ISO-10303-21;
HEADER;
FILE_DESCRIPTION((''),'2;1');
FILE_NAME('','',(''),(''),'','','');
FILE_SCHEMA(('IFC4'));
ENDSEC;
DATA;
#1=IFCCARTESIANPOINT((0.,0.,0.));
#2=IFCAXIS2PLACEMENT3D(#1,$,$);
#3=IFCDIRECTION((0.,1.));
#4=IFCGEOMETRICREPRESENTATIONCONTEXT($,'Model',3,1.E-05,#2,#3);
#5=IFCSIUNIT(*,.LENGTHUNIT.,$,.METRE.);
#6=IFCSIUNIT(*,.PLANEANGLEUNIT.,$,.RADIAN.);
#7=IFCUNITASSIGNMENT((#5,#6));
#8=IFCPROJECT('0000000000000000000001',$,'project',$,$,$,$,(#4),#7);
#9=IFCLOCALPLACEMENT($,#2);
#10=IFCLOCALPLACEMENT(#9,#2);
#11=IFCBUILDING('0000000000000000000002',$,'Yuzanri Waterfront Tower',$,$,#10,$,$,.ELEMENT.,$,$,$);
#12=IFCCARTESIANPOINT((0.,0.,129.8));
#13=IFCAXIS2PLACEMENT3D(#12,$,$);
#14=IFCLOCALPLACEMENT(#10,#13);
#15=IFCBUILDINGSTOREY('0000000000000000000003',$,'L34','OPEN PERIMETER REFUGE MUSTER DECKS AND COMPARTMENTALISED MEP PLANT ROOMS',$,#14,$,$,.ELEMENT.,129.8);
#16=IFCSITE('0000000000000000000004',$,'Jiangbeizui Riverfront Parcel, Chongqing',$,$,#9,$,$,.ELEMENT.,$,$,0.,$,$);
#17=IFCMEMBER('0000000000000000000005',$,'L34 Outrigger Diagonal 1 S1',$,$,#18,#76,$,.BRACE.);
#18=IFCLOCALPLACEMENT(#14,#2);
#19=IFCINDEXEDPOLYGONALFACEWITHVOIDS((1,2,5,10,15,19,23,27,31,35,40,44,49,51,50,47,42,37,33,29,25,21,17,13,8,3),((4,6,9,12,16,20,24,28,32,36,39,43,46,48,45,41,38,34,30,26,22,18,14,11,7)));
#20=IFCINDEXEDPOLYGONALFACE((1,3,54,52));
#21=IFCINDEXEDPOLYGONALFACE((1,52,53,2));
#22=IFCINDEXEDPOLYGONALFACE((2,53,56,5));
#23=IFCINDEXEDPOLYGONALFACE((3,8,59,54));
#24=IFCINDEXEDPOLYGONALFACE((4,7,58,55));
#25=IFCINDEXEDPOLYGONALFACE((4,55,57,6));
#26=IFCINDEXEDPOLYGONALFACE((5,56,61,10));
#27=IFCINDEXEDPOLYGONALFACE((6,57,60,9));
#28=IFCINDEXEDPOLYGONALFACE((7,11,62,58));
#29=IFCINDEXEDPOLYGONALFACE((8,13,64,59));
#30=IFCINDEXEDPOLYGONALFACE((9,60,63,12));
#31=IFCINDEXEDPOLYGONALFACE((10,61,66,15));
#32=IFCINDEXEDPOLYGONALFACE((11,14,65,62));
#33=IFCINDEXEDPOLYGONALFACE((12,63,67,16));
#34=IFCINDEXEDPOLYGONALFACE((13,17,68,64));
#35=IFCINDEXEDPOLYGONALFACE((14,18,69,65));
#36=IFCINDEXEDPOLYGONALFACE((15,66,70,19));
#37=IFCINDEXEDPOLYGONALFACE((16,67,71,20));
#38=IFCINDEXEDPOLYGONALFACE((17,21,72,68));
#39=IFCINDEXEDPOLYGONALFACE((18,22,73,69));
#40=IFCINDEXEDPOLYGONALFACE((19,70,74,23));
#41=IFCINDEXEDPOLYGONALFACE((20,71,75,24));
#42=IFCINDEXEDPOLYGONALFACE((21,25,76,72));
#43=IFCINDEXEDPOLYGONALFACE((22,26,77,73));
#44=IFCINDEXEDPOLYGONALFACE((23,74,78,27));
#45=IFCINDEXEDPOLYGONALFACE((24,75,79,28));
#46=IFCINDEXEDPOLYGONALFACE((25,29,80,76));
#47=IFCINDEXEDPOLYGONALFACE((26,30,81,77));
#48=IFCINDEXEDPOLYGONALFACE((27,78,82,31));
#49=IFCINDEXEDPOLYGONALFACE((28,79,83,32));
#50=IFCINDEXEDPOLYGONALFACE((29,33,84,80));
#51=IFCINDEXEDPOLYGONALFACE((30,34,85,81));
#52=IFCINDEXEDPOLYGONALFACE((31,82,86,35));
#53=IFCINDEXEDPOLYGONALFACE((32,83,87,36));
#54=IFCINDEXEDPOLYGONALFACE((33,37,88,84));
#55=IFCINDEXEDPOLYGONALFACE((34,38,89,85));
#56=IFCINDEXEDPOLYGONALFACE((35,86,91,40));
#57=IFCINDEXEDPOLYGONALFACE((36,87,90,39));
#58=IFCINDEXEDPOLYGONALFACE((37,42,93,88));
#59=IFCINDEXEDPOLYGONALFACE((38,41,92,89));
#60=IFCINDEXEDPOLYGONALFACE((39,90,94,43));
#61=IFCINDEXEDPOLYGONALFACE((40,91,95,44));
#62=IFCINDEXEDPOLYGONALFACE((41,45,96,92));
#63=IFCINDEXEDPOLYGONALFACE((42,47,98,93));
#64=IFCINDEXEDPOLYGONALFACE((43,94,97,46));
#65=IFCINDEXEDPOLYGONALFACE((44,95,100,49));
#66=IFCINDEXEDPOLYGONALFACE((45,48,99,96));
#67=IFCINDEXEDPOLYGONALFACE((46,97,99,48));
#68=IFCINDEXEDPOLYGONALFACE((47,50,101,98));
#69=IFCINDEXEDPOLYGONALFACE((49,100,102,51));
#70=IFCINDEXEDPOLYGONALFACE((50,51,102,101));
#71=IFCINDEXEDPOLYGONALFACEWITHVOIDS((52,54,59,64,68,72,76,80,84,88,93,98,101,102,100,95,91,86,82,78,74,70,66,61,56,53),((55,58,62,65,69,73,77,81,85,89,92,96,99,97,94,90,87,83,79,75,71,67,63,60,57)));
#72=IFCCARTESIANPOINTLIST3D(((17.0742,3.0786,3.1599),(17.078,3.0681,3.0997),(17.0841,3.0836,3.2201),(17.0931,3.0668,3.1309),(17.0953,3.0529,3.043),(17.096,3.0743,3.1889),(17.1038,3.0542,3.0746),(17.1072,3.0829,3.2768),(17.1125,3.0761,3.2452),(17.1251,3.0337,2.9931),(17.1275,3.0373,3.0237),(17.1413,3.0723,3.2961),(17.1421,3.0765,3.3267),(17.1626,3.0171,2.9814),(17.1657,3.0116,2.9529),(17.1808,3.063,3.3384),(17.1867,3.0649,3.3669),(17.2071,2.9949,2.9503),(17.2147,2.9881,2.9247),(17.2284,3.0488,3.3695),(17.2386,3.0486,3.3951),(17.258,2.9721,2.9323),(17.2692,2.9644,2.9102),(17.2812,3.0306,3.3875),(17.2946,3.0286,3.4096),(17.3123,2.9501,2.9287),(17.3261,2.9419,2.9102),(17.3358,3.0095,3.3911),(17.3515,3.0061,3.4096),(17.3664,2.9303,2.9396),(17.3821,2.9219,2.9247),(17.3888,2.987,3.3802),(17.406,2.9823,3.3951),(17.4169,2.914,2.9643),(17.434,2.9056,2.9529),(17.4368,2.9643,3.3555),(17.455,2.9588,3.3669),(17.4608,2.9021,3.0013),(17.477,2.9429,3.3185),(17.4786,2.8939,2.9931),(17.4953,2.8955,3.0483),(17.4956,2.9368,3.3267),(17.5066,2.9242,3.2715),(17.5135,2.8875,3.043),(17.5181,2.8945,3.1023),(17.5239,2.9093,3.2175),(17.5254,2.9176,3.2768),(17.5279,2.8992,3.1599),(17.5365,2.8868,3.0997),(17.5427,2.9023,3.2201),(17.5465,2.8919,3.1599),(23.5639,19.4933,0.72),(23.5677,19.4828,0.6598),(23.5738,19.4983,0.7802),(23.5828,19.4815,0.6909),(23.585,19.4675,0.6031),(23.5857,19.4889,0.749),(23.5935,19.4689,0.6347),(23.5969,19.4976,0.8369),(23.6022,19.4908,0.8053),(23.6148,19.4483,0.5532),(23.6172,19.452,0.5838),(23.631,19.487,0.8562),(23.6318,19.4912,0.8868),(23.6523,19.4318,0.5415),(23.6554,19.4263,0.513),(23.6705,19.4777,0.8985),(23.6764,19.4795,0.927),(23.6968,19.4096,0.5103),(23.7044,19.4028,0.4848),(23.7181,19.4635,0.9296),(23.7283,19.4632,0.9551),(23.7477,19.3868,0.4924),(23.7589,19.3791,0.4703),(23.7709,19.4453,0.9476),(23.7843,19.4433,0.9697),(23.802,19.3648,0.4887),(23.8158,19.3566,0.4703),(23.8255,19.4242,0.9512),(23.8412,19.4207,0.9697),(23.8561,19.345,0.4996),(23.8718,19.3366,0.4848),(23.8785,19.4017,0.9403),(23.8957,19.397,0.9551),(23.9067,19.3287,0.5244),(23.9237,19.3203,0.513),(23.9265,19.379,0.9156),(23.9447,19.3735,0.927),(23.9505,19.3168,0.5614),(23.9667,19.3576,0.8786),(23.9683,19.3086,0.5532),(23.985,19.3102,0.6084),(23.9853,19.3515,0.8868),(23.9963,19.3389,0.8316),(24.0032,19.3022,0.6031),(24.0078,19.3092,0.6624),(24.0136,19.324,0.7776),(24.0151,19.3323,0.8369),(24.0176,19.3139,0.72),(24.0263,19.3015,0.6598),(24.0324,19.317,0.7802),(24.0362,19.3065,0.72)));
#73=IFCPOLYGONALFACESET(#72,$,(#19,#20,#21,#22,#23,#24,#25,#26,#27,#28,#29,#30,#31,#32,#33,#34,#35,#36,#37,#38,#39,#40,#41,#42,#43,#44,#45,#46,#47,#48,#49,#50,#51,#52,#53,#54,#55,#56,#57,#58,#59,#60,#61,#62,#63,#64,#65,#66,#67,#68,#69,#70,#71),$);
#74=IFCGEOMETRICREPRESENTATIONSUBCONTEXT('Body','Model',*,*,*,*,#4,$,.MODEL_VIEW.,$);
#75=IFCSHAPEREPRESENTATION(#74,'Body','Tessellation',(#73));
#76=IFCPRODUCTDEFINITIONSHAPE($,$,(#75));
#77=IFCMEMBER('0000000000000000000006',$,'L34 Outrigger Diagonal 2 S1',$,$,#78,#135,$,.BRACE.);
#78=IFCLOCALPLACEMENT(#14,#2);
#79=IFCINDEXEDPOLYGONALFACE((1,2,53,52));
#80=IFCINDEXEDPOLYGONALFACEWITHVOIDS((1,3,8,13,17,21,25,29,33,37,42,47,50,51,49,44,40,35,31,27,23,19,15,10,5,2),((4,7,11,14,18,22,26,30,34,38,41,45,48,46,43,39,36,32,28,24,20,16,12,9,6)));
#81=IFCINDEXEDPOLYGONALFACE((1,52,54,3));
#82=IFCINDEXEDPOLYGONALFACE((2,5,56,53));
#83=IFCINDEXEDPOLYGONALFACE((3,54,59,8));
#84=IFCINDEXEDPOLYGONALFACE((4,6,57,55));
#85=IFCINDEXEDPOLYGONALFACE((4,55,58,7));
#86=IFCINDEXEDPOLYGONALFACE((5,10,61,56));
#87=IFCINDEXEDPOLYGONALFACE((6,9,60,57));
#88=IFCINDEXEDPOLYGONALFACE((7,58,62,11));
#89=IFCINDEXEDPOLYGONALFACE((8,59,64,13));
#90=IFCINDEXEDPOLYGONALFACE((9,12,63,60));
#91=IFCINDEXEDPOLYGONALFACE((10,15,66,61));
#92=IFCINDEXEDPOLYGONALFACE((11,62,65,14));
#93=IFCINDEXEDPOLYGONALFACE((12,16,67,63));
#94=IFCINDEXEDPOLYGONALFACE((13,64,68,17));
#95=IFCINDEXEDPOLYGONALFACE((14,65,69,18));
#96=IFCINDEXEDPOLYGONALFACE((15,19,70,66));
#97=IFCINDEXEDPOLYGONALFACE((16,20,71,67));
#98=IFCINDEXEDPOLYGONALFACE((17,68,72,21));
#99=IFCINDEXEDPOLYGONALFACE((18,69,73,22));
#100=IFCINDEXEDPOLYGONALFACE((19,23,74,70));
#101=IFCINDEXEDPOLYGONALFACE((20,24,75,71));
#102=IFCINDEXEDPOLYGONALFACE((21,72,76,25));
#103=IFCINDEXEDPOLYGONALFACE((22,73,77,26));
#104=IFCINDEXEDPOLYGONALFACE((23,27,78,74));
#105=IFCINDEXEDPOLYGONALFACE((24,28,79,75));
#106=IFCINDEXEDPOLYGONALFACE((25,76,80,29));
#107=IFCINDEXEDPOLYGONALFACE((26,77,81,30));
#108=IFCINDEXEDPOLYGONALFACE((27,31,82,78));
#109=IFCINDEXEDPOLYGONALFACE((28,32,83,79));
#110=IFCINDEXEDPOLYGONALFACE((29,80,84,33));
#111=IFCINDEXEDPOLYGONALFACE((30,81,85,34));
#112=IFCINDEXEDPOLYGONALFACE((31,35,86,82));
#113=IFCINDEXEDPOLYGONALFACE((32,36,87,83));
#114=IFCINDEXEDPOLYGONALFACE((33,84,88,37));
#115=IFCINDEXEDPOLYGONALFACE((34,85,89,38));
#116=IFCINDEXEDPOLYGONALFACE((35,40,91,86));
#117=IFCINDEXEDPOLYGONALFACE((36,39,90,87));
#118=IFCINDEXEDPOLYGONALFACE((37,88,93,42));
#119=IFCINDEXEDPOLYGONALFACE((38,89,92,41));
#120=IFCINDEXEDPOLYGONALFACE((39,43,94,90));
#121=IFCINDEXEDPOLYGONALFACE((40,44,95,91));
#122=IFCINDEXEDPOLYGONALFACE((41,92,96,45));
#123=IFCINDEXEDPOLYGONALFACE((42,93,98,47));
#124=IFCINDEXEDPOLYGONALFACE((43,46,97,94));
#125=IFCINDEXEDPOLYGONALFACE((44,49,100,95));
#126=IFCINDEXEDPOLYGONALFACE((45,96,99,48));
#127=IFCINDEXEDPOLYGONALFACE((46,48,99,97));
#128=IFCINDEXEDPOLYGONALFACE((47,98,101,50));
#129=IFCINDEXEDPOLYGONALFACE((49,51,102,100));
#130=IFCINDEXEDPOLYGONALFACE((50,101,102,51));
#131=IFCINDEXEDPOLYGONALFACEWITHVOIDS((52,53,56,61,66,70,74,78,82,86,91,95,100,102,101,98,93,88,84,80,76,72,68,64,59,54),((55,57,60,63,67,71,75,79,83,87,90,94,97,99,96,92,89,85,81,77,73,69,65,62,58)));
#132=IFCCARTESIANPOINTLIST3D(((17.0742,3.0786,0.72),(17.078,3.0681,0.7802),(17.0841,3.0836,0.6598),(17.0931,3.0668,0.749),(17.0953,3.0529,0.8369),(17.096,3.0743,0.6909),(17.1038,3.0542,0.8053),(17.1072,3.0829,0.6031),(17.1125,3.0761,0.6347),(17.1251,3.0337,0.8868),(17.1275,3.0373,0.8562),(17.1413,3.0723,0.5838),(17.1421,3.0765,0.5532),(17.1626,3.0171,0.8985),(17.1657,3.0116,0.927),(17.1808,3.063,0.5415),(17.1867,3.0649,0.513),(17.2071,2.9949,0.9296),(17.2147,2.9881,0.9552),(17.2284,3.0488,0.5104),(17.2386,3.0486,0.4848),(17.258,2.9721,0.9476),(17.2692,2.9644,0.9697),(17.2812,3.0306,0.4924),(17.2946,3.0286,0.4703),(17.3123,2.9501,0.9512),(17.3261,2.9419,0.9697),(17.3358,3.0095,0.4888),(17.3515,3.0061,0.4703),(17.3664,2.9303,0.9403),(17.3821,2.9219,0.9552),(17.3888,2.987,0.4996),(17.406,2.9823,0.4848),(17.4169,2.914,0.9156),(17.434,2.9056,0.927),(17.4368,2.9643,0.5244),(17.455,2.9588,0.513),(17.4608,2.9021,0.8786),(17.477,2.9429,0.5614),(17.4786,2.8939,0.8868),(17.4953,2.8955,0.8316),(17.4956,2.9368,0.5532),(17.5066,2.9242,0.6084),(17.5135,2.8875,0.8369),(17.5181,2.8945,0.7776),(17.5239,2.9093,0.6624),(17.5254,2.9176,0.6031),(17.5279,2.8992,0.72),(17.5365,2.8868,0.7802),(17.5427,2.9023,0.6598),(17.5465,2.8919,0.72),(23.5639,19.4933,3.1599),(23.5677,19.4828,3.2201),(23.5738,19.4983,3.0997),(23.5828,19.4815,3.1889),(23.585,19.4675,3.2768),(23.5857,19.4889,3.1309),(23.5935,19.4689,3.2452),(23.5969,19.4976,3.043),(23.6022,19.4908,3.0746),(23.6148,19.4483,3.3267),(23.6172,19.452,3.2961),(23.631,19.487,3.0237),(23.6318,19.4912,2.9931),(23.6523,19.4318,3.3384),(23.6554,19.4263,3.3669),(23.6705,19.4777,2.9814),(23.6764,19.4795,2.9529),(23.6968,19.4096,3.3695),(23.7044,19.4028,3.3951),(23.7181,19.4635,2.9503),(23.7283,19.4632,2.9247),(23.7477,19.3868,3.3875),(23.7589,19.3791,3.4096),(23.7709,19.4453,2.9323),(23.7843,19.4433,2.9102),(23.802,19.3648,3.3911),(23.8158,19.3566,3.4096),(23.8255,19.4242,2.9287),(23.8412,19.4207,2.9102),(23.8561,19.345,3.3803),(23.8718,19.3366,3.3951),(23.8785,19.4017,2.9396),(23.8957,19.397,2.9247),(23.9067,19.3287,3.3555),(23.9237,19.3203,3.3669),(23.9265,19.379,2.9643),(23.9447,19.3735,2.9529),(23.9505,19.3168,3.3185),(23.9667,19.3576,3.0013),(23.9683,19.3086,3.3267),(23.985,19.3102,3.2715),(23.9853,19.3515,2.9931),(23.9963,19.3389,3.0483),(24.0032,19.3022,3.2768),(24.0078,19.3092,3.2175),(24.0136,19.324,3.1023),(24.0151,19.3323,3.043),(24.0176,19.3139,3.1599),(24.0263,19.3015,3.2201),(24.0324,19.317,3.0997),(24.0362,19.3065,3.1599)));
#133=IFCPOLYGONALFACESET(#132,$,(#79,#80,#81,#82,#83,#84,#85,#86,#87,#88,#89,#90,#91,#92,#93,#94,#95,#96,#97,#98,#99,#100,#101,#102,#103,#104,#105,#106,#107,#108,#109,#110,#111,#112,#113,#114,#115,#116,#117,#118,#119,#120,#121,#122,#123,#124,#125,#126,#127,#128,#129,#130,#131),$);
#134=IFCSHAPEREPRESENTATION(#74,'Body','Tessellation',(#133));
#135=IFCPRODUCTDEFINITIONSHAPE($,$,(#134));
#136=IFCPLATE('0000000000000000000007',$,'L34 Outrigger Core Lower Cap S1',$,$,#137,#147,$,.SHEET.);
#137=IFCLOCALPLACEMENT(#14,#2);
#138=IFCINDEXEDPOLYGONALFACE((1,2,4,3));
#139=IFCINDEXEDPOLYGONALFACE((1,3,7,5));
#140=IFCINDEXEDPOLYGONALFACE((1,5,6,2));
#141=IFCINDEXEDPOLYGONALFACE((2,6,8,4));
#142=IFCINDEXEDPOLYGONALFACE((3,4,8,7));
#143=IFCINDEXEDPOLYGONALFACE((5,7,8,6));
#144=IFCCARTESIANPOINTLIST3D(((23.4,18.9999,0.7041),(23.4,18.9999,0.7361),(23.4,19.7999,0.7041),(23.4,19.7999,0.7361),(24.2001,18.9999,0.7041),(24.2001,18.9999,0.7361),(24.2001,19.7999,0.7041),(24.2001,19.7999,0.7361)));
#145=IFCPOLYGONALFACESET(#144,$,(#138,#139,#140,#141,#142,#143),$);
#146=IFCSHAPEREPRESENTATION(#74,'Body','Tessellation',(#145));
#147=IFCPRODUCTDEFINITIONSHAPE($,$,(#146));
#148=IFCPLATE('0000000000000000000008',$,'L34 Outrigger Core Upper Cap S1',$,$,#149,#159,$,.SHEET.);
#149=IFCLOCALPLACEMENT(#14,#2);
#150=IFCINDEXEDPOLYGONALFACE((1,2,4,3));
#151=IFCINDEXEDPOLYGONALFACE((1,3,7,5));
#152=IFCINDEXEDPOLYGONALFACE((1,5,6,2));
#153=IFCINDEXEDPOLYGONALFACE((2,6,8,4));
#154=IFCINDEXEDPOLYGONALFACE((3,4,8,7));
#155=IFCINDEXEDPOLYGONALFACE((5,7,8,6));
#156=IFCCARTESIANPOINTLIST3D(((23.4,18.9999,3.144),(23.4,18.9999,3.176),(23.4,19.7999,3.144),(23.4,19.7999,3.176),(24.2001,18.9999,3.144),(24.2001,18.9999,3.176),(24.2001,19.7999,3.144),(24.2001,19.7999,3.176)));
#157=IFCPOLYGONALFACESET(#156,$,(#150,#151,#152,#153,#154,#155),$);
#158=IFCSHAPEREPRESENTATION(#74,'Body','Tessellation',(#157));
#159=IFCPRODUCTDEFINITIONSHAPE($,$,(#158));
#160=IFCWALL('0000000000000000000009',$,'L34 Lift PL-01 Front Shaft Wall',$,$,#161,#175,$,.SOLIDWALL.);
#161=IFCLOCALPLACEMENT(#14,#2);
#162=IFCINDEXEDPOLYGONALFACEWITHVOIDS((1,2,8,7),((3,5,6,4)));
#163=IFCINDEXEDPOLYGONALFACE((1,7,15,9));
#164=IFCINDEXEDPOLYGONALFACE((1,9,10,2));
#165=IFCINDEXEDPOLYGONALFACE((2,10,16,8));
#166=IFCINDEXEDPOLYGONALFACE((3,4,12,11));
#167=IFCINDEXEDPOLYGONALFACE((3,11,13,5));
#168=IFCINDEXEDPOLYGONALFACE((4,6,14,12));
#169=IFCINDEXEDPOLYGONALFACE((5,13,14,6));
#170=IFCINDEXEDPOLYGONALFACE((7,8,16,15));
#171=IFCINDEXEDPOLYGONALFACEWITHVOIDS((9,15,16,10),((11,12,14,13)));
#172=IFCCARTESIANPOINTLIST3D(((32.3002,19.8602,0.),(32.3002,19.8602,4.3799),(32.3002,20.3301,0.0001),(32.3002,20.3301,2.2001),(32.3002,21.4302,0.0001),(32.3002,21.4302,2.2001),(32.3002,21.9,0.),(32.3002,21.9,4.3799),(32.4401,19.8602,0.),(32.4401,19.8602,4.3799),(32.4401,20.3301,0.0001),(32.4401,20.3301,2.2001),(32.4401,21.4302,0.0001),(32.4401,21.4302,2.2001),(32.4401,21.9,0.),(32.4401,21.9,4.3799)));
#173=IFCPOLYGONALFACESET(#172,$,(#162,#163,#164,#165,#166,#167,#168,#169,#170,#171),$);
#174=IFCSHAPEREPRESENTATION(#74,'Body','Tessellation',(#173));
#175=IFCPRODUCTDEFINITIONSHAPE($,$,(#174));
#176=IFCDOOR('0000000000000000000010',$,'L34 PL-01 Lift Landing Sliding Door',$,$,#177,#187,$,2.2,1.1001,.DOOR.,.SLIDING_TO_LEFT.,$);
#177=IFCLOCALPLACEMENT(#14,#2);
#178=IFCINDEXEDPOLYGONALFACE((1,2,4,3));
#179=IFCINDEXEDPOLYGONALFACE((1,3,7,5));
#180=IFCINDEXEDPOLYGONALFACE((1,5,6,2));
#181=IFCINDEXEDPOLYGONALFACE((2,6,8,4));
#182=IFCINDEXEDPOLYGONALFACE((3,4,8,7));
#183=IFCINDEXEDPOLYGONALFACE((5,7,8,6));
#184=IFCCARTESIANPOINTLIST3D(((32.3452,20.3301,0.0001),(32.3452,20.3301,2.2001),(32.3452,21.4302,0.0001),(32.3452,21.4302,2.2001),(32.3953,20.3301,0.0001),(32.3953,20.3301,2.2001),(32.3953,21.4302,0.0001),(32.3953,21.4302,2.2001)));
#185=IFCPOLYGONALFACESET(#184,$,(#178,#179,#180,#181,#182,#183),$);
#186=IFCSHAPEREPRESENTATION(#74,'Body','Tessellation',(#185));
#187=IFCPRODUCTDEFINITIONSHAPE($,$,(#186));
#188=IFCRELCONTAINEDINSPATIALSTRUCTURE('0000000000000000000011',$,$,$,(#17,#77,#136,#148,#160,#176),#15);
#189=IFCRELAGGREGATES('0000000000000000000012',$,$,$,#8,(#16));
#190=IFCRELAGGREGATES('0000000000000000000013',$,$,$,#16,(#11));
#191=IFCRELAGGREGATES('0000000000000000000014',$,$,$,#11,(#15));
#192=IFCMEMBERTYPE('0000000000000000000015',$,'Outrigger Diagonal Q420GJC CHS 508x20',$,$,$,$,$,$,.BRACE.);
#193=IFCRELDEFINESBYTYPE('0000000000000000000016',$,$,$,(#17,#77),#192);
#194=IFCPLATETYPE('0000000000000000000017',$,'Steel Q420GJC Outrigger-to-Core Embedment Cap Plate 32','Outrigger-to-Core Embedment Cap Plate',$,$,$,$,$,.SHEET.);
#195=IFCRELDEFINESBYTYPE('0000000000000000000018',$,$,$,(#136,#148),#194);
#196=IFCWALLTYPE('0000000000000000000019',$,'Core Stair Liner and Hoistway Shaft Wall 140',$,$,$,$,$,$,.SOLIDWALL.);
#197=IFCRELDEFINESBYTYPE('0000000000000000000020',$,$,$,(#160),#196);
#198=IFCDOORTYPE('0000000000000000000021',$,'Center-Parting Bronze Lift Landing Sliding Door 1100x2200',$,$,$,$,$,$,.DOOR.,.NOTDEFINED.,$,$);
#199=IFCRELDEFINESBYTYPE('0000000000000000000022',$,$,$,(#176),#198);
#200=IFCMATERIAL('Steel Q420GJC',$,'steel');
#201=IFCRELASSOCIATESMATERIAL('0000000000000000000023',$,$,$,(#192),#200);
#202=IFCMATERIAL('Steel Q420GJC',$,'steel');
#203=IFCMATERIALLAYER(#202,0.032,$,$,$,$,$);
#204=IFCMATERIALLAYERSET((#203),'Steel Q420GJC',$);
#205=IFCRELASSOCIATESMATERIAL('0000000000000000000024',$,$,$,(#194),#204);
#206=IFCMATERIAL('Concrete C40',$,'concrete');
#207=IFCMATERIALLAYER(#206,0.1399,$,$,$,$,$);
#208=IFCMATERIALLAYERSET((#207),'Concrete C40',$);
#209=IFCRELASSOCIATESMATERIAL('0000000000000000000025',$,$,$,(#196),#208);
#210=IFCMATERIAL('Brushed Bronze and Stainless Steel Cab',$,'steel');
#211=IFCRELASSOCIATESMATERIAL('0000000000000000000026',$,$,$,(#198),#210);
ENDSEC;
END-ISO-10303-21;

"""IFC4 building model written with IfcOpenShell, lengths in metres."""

from ifc_helpers import new_model, si_unit, direction, frame, frame_2d, origin, origin_2d, place, context, subcontext, project, spatial, rectangle, hollow_circle, extrude, source, transform, mapped, material, layer, layer_set, material_profile, profile_set, type_object, element, fill, save


model = new_model("IFC4")

# Units and contexts
model_context = context("Model", 3, precision=1e-05, world=origin(), true_north=direction((0.0, 1.0)))
body_context = subcontext(model_context, "Body", "Model", "MODEL_VIEW")
ifc_project = project(units=[si_unit("LENGTHUNIT", "METRE"), si_unit("PLANEANGLEUNIT", "RADIAN")], contexts=[model_context])

# Site, building, storey
site_placement = place(None, origin())
site = spatial("IfcSite", under=ifc_project, at=site_placement, Name="Jiangbeizui Riverfront Parcel, Chongqing", CompositionType="ELEMENT", RefElevation=0.0)
building_placement = place(site_placement, origin())
building = spatial("IfcBuilding", under=site, at=building_placement, Name="Yuzanri Waterfront Tower", CompositionType="ELEMENT")
storey_placement = place(building_placement, frame((0.0, 0.0, 129.8)))
storey = spatial("IfcBuildingStorey", under=building, at=storey_placement, Name="L34", Description="OPEN PERIMETER REFUGE MUSTER DECKS AND COMPARTMENTALISED MEP PLANT ROOMS", CompositionType="ELEMENT", Elevation=129.8)

# Members
ifc_material_1 = material(Name="Steel Q420GJC", Category="steel")
ifc_material_profile_1 = material_profile(ifc_material_1, hollow_circle(Radius=0.2539, WallThickness=0.02, at=origin_2d()), Name="CHS 508x20")
ifc_profile_set_1 = profile_set([ifc_material_profile_1], Name="Steel Q420GJC")
member_type_1 = type_object("IfcMemberType", Name="Outrigger Diagonal Q420GJC CHS 508x20", PredefinedType="BRACE", material=ifc_profile_set_1)
shared_shape_1 = source(origin(), body_context, "Body", "SweptSolid", [
    extrude(hollow_circle(Radius=0.2539, WallThickness=0.02, at=origin_2d()), origin(), (0.0, 0.0, 1.0), 17.8188),
])
for number, where, z_axis, x_axis, name in (
    (1, (23.8, 19.3999, 0.72), (-0.364204, -0.921198, 0.136929), (0.929957, -0.367668, 0.0), "L34 Outrigger Diagonal 1 S1"),
    (2, (23.8, 19.3999, 3.1599), (-0.364204, -0.921198, -0.136929), (0.929957, -0.367668, 0.0), "L34 Outrigger Diagonal 2 S1"),
):
    element("IfcMember", number, at=place(storey_placement, frame(where, z_axis=z_axis, x_axis=x_axis)), inside=storey, type_object=member_type_1, Name=name, PredefinedType="BRACE", context=body_context, shape_type="MappedRepresentation", body=[
        mapped(shared_shape_1, transform((0.0, 0.0, 0.0), scale=1.0)),
    ])

# Plates
ifc_material_2 = material(Name="Steel Q420GJC", Category="steel")
ifc_layer_1 = layer(ifc_material_2, 0.032)
ifc_layer_set_1 = layer_set([ifc_layer_1], Name="Steel Q420GJC")
plate_type = type_object("IfcPlateType", Name="Steel Q420GJC Outrigger-to-Core Embedment Cap Plate 32", Description="Outrigger-to-Core Embedment Cap Plate", PredefinedType="SHEET", material=ifc_layer_set_1)
shared_shape_2 = source(origin(), body_context, "Body", "SweptSolid", [
    extrude(rectangle(XDim=0.8, YDim=0.8, at=origin_2d()), origin(), (0.0, 0.0, 1.0), 0.032),
])
for number, where, z_axis, x_axis, name in (
    (3, (23.8, 19.3999, 0.7041), (0.0, 0.0, 1.0), (1.0, 0.0, 0.0), "L34 Outrigger Core Lower Cap S1"),
    (4, (23.8, 19.3999, 3.144), (0.0, 0.0, 1.0), (1.0, 0.0, 0.0), "L34 Outrigger Core Upper Cap S1"),
):
    element("IfcPlate", number, at=place(storey_placement, frame(where, z_axis=z_axis, x_axis=x_axis)), inside=storey, type_object=plate_type, Name=name, PredefinedType="SHEET", context=body_context, shape_type="MappedRepresentation", body=[
        mapped(shared_shape_2, transform((0.0, 0.0, 0.0), scale=1.0)),
    ])

# Wall, opening, door
ifc_material_3 = material(Name="Concrete C40", Category="concrete")
ifc_layer_2 = layer(ifc_material_3, 0.1399)
ifc_layer_set_2 = layer_set([ifc_layer_2], Name="Concrete C40")
wall_type_1 = type_object("IfcWallType", Name="Core Stair Liner and Hoistway Shaft Wall 140", PredefinedType="SOLIDWALL", material=ifc_layer_set_2)
wall_1_placement = place(storey_placement, frame((32.3701, 19.8601, 0.0), z_axis=(0.0, 0.0, 1.0), x_axis=(0.0, 1.0, 0.0)))
wall_1 = element("IfcWall", 5, at=wall_1_placement, inside=storey, type_object=wall_type_1, Name="L34 Lift PL-01 Front Shaft Wall", PredefinedType="SOLIDWALL", context=body_context, shape_type="SweptSolid", body=[
    extrude(rectangle(XDim=2.0398, YDim=0.1399, at=frame_2d((1.02, 0.0))), origin(), (0.0, 0.0, 1.0), 4.3799),
])
opening_placement = place(wall_1_placement, frame((0.47, 0.0, 0.0)))
opening = element("IfcOpeningElement", 6, at=opening_placement, cuts=wall_1, PredefinedType="OPENING", context=body_context, shape_type="SweptSolid", body=[
    extrude(rectangle(XDim=1.1001, YDim=2.2, at=frame_2d((0.55, 1.1001))), frame((0.0, 0.085, 0.0), z_axis=(0.0, -1.0, 0.0), x_axis=(1.0, 0.0, 0.0)), (0.0, 0.0, 1.0), 0.1697),
])
ifc_material_4 = material(Name="Brushed Bronze and Stainless Steel Cab", Category="steel")
door_type = type_object("IfcDoorType", Name="Center-Parting Bronze Lift Landing Sliding Door 1100x2200", OperationType="NOTDEFINED", PredefinedType="DOOR", material=ifc_material_4)
shared_shape_3 = source(origin(), body_context, "Body", "SweptSolid", [
    extrude(rectangle(XDim=1.1001, YDim=2.2, at=frame_2d((0.55, 1.1001))), frame((0.0, 0.0249, 0.0), z_axis=(0.0, -1.0, 0.0), x_axis=(1.0, 0.0, 0.0)), (0.0, 0.0, 1.0), 0.05),
])
door_placement = place(opening_placement, origin())
door = element("IfcDoor", 7, at=door_placement, inside=storey, type_object=door_type, Name="L34 PL-01 Lift Landing Sliding Door", OperationType="SLIDING_TO_LEFT", OverallHeight=2.2, OverallWidth=1.1001, PredefinedType="DOOR", context=body_context, shape_type="MappedRepresentation", body=[
    mapped(shared_shape_3, transform((0.0, 0.0, 0.0), scale=1.0)),
])
fill(opening, door)

save(model, "model.ifc")
